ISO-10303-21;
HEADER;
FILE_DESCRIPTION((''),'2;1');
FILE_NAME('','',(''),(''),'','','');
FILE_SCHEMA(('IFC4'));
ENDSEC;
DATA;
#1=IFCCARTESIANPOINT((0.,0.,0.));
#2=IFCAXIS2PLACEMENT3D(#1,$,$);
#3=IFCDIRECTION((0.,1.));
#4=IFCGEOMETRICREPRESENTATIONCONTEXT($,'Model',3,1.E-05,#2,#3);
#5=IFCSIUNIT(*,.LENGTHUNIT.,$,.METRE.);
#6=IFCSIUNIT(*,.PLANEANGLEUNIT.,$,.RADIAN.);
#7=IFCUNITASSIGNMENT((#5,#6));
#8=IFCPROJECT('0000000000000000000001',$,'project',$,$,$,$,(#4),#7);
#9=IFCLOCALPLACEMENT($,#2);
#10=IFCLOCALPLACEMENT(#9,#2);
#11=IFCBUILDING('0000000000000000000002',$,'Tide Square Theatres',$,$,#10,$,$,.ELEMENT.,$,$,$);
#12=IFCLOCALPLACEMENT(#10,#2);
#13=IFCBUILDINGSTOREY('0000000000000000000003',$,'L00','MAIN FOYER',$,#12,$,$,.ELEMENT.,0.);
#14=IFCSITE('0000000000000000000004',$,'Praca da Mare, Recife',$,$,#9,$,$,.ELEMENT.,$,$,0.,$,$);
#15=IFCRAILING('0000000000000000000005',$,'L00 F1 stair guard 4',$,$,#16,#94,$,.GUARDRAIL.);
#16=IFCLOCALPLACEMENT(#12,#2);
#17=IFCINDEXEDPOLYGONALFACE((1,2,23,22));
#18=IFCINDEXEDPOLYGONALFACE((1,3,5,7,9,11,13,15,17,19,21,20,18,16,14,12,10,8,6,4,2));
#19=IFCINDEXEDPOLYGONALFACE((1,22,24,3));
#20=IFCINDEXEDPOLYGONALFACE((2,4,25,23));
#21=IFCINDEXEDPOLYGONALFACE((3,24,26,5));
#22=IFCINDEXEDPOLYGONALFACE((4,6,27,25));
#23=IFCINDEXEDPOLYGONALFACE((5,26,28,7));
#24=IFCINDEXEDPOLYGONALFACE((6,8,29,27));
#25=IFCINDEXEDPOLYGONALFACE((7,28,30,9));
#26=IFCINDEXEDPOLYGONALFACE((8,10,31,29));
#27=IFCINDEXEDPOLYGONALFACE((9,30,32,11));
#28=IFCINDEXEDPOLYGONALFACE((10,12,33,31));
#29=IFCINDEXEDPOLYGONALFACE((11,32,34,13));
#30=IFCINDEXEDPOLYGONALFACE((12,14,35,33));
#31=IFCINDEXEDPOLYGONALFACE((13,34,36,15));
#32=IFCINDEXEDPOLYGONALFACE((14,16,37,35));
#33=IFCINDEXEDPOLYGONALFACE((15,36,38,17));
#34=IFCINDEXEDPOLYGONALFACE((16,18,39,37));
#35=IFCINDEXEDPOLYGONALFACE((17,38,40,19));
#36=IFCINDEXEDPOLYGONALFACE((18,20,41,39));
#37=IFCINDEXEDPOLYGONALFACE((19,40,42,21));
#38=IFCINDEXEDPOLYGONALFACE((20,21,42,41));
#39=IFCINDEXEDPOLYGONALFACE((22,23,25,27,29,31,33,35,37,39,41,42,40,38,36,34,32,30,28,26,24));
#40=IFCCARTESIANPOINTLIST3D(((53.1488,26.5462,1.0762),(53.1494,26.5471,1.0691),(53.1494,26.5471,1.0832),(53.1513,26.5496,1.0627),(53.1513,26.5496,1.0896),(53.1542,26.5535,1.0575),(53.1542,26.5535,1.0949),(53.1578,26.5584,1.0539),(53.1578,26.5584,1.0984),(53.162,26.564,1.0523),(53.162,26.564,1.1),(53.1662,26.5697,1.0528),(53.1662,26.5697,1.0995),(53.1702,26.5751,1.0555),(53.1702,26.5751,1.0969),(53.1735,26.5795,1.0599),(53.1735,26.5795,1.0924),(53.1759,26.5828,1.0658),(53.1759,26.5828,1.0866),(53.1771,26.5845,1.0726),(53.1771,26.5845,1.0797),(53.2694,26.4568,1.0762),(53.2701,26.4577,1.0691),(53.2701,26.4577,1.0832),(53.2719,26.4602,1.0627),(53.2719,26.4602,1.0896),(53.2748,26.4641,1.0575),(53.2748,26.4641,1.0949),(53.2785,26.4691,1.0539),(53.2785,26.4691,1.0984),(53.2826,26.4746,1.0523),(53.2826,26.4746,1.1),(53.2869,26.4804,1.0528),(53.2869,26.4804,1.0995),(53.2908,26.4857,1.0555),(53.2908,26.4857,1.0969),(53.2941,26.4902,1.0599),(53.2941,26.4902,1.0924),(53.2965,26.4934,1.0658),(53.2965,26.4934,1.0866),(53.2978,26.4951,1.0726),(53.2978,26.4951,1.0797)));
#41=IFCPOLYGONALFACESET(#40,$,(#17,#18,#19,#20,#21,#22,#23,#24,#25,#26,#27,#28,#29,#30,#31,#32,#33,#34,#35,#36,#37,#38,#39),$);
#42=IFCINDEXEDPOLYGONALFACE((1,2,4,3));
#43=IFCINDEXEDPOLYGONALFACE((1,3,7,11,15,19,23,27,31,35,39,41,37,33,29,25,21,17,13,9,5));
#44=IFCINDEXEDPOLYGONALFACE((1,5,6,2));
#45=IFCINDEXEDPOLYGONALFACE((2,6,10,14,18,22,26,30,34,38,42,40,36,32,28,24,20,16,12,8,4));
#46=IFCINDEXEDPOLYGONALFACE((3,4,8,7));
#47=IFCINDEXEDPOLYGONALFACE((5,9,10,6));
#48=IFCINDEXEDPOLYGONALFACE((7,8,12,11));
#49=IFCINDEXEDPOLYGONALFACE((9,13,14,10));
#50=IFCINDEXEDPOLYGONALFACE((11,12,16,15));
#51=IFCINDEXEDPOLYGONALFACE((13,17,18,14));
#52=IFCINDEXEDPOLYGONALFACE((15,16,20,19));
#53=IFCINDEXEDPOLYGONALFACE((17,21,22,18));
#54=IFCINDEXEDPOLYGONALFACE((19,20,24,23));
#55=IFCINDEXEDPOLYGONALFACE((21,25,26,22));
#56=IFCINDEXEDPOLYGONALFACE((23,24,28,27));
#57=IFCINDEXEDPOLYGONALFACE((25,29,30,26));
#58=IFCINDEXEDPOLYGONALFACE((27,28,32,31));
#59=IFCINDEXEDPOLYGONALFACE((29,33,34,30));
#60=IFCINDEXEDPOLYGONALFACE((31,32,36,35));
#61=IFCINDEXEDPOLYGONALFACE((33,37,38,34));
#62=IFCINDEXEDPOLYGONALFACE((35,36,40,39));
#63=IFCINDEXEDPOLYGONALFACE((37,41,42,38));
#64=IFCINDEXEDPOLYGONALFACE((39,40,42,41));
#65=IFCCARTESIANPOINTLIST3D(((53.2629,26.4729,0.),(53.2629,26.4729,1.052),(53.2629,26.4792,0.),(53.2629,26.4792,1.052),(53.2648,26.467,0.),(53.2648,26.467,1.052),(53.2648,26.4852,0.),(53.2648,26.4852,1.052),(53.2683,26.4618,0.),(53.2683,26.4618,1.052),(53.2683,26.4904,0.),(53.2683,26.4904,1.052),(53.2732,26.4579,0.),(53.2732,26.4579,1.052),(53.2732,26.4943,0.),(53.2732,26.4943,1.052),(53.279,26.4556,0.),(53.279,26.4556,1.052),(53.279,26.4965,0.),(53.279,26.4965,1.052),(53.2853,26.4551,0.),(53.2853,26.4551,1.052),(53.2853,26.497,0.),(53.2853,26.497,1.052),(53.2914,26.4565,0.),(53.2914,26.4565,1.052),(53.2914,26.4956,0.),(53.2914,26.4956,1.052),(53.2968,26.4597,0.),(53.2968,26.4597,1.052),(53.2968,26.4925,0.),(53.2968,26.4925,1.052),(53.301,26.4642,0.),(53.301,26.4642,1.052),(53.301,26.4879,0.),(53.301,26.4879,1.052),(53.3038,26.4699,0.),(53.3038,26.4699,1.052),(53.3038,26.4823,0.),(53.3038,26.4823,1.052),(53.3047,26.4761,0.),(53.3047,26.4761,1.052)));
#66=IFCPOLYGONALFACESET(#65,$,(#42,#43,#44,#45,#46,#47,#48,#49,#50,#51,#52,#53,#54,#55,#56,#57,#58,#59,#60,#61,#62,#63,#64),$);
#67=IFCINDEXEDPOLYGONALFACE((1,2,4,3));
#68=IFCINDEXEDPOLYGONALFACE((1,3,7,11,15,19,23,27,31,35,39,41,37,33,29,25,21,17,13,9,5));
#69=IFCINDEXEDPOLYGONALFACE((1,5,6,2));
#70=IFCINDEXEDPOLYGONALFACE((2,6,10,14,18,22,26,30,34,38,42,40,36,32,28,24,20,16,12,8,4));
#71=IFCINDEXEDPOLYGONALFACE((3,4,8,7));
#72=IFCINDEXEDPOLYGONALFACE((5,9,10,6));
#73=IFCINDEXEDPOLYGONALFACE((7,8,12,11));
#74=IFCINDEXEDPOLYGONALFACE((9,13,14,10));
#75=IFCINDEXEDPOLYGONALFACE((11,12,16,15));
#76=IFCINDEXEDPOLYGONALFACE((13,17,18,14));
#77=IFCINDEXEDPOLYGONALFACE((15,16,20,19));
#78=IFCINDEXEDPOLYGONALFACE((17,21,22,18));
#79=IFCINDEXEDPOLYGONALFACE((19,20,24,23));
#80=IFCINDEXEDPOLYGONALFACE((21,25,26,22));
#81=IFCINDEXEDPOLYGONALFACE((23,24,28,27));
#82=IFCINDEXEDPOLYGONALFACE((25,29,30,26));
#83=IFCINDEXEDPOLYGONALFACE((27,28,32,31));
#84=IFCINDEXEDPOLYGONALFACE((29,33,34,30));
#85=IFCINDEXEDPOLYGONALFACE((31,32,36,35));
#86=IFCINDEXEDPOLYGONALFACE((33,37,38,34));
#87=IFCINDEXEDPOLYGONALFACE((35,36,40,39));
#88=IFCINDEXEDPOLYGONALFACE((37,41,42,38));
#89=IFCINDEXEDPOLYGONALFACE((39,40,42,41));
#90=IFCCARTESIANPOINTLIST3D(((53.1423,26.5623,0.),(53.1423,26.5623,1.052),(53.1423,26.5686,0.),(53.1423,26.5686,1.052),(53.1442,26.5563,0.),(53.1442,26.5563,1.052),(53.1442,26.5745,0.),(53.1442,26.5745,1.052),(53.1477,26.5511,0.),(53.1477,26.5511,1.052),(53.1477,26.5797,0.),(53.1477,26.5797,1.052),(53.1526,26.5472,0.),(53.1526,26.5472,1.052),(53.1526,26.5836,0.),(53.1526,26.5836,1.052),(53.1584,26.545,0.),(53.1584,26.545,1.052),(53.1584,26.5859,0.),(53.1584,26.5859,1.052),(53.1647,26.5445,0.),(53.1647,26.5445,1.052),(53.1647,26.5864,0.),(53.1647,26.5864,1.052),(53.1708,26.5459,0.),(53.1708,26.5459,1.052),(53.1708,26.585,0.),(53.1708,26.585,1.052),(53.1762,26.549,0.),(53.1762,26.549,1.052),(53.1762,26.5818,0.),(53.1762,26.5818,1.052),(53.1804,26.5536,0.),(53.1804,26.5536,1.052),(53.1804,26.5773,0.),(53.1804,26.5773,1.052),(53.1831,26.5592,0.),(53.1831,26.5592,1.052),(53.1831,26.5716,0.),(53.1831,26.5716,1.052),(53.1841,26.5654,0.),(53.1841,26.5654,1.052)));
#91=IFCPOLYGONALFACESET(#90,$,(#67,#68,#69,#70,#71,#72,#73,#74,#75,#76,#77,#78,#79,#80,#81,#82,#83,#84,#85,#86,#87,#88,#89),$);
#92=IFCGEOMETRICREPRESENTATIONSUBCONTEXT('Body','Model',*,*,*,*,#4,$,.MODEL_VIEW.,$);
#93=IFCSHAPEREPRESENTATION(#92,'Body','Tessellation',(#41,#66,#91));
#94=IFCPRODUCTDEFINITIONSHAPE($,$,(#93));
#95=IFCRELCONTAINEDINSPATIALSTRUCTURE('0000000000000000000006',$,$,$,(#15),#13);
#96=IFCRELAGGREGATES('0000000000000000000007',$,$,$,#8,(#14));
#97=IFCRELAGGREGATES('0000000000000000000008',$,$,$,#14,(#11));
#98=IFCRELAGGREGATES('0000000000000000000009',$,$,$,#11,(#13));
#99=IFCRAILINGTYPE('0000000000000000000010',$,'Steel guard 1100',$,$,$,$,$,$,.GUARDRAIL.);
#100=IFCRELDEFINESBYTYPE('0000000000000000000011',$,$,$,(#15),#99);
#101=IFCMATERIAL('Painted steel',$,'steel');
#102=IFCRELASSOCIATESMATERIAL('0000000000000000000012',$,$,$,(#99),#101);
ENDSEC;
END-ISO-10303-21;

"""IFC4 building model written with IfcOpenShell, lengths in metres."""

from ifc_helpers import new_model, si_unit, direction, frame, origin, origin_2d, place, context, subcontext, project, spatial, circle, extrude, material, type_object, element, save


model = new_model("IFC4")

# Units and contexts
model_context = context("Model", 3, precision=1e-05, world=origin(), true_north=direction((0.0, 1.0)))
body_context = subcontext(model_context, "Body", "Model", "MODEL_VIEW")
ifc_project = project(units=[si_unit("LENGTHUNIT", "METRE"), si_unit("PLANEANGLEUNIT", "RADIAN")], contexts=[model_context])

# Site, building, storey
site_placement = place(None, origin())
site = spatial("IfcSite", under=ifc_project, at=site_placement, Name="Praca da Mare, Recife", CompositionType="ELEMENT", RefElevation=0.0)
building_placement = place(site_placement, origin())
building = spatial("IfcBuilding", under=site, at=building_placement, Name="Tide Square Theatres", CompositionType="ELEMENT")
storey_placement = place(building_placement, origin())
storey = spatial("IfcBuildingStorey", under=building, at=storey_placement, Name="L00", Description="MAIN FOYER", CompositionType="ELEMENT", Elevation=0.0)

# Railing
ifc_material_1 = material(Name="Painted steel", Category="steel")
railing_type_1 = type_object("IfcRailingType", Name="Steel guard 1100", PredefinedType="GUARDRAIL", material=ifc_material_1)
railing_1_placement = place(storey_placement, frame((53.2837, 26.4761, 0.0)))
element("IfcRailing", 1, at=railing_1_placement, inside=storey, type_object=railing_type_1, Name="L00 F1 stair guard 4", PredefinedType="GUARDRAIL", context=body_context, shape_type="SweptSolid", body=[
    extrude(circle(Radius=0.0239, at=origin_2d()), frame((0.0, 0.0, 1.0762), z_axis=(-0.8035, 0.595305, 0.0), x_axis=(-0.595305, -0.8035, 0.0)), (0.0, 0.0, 1.0), 0.1501),
    extrude(circle(Radius=0.021, at=origin_2d()), origin(), (0.0, 0.0, 1.0), 1.052),
    extrude(circle(Radius=0.021, at=origin_2d()), frame((-0.1206, 0.0894, 0.0)), (0.0, 0.0, 1.0), 1.052),
])

save(model, "model.ifc")
